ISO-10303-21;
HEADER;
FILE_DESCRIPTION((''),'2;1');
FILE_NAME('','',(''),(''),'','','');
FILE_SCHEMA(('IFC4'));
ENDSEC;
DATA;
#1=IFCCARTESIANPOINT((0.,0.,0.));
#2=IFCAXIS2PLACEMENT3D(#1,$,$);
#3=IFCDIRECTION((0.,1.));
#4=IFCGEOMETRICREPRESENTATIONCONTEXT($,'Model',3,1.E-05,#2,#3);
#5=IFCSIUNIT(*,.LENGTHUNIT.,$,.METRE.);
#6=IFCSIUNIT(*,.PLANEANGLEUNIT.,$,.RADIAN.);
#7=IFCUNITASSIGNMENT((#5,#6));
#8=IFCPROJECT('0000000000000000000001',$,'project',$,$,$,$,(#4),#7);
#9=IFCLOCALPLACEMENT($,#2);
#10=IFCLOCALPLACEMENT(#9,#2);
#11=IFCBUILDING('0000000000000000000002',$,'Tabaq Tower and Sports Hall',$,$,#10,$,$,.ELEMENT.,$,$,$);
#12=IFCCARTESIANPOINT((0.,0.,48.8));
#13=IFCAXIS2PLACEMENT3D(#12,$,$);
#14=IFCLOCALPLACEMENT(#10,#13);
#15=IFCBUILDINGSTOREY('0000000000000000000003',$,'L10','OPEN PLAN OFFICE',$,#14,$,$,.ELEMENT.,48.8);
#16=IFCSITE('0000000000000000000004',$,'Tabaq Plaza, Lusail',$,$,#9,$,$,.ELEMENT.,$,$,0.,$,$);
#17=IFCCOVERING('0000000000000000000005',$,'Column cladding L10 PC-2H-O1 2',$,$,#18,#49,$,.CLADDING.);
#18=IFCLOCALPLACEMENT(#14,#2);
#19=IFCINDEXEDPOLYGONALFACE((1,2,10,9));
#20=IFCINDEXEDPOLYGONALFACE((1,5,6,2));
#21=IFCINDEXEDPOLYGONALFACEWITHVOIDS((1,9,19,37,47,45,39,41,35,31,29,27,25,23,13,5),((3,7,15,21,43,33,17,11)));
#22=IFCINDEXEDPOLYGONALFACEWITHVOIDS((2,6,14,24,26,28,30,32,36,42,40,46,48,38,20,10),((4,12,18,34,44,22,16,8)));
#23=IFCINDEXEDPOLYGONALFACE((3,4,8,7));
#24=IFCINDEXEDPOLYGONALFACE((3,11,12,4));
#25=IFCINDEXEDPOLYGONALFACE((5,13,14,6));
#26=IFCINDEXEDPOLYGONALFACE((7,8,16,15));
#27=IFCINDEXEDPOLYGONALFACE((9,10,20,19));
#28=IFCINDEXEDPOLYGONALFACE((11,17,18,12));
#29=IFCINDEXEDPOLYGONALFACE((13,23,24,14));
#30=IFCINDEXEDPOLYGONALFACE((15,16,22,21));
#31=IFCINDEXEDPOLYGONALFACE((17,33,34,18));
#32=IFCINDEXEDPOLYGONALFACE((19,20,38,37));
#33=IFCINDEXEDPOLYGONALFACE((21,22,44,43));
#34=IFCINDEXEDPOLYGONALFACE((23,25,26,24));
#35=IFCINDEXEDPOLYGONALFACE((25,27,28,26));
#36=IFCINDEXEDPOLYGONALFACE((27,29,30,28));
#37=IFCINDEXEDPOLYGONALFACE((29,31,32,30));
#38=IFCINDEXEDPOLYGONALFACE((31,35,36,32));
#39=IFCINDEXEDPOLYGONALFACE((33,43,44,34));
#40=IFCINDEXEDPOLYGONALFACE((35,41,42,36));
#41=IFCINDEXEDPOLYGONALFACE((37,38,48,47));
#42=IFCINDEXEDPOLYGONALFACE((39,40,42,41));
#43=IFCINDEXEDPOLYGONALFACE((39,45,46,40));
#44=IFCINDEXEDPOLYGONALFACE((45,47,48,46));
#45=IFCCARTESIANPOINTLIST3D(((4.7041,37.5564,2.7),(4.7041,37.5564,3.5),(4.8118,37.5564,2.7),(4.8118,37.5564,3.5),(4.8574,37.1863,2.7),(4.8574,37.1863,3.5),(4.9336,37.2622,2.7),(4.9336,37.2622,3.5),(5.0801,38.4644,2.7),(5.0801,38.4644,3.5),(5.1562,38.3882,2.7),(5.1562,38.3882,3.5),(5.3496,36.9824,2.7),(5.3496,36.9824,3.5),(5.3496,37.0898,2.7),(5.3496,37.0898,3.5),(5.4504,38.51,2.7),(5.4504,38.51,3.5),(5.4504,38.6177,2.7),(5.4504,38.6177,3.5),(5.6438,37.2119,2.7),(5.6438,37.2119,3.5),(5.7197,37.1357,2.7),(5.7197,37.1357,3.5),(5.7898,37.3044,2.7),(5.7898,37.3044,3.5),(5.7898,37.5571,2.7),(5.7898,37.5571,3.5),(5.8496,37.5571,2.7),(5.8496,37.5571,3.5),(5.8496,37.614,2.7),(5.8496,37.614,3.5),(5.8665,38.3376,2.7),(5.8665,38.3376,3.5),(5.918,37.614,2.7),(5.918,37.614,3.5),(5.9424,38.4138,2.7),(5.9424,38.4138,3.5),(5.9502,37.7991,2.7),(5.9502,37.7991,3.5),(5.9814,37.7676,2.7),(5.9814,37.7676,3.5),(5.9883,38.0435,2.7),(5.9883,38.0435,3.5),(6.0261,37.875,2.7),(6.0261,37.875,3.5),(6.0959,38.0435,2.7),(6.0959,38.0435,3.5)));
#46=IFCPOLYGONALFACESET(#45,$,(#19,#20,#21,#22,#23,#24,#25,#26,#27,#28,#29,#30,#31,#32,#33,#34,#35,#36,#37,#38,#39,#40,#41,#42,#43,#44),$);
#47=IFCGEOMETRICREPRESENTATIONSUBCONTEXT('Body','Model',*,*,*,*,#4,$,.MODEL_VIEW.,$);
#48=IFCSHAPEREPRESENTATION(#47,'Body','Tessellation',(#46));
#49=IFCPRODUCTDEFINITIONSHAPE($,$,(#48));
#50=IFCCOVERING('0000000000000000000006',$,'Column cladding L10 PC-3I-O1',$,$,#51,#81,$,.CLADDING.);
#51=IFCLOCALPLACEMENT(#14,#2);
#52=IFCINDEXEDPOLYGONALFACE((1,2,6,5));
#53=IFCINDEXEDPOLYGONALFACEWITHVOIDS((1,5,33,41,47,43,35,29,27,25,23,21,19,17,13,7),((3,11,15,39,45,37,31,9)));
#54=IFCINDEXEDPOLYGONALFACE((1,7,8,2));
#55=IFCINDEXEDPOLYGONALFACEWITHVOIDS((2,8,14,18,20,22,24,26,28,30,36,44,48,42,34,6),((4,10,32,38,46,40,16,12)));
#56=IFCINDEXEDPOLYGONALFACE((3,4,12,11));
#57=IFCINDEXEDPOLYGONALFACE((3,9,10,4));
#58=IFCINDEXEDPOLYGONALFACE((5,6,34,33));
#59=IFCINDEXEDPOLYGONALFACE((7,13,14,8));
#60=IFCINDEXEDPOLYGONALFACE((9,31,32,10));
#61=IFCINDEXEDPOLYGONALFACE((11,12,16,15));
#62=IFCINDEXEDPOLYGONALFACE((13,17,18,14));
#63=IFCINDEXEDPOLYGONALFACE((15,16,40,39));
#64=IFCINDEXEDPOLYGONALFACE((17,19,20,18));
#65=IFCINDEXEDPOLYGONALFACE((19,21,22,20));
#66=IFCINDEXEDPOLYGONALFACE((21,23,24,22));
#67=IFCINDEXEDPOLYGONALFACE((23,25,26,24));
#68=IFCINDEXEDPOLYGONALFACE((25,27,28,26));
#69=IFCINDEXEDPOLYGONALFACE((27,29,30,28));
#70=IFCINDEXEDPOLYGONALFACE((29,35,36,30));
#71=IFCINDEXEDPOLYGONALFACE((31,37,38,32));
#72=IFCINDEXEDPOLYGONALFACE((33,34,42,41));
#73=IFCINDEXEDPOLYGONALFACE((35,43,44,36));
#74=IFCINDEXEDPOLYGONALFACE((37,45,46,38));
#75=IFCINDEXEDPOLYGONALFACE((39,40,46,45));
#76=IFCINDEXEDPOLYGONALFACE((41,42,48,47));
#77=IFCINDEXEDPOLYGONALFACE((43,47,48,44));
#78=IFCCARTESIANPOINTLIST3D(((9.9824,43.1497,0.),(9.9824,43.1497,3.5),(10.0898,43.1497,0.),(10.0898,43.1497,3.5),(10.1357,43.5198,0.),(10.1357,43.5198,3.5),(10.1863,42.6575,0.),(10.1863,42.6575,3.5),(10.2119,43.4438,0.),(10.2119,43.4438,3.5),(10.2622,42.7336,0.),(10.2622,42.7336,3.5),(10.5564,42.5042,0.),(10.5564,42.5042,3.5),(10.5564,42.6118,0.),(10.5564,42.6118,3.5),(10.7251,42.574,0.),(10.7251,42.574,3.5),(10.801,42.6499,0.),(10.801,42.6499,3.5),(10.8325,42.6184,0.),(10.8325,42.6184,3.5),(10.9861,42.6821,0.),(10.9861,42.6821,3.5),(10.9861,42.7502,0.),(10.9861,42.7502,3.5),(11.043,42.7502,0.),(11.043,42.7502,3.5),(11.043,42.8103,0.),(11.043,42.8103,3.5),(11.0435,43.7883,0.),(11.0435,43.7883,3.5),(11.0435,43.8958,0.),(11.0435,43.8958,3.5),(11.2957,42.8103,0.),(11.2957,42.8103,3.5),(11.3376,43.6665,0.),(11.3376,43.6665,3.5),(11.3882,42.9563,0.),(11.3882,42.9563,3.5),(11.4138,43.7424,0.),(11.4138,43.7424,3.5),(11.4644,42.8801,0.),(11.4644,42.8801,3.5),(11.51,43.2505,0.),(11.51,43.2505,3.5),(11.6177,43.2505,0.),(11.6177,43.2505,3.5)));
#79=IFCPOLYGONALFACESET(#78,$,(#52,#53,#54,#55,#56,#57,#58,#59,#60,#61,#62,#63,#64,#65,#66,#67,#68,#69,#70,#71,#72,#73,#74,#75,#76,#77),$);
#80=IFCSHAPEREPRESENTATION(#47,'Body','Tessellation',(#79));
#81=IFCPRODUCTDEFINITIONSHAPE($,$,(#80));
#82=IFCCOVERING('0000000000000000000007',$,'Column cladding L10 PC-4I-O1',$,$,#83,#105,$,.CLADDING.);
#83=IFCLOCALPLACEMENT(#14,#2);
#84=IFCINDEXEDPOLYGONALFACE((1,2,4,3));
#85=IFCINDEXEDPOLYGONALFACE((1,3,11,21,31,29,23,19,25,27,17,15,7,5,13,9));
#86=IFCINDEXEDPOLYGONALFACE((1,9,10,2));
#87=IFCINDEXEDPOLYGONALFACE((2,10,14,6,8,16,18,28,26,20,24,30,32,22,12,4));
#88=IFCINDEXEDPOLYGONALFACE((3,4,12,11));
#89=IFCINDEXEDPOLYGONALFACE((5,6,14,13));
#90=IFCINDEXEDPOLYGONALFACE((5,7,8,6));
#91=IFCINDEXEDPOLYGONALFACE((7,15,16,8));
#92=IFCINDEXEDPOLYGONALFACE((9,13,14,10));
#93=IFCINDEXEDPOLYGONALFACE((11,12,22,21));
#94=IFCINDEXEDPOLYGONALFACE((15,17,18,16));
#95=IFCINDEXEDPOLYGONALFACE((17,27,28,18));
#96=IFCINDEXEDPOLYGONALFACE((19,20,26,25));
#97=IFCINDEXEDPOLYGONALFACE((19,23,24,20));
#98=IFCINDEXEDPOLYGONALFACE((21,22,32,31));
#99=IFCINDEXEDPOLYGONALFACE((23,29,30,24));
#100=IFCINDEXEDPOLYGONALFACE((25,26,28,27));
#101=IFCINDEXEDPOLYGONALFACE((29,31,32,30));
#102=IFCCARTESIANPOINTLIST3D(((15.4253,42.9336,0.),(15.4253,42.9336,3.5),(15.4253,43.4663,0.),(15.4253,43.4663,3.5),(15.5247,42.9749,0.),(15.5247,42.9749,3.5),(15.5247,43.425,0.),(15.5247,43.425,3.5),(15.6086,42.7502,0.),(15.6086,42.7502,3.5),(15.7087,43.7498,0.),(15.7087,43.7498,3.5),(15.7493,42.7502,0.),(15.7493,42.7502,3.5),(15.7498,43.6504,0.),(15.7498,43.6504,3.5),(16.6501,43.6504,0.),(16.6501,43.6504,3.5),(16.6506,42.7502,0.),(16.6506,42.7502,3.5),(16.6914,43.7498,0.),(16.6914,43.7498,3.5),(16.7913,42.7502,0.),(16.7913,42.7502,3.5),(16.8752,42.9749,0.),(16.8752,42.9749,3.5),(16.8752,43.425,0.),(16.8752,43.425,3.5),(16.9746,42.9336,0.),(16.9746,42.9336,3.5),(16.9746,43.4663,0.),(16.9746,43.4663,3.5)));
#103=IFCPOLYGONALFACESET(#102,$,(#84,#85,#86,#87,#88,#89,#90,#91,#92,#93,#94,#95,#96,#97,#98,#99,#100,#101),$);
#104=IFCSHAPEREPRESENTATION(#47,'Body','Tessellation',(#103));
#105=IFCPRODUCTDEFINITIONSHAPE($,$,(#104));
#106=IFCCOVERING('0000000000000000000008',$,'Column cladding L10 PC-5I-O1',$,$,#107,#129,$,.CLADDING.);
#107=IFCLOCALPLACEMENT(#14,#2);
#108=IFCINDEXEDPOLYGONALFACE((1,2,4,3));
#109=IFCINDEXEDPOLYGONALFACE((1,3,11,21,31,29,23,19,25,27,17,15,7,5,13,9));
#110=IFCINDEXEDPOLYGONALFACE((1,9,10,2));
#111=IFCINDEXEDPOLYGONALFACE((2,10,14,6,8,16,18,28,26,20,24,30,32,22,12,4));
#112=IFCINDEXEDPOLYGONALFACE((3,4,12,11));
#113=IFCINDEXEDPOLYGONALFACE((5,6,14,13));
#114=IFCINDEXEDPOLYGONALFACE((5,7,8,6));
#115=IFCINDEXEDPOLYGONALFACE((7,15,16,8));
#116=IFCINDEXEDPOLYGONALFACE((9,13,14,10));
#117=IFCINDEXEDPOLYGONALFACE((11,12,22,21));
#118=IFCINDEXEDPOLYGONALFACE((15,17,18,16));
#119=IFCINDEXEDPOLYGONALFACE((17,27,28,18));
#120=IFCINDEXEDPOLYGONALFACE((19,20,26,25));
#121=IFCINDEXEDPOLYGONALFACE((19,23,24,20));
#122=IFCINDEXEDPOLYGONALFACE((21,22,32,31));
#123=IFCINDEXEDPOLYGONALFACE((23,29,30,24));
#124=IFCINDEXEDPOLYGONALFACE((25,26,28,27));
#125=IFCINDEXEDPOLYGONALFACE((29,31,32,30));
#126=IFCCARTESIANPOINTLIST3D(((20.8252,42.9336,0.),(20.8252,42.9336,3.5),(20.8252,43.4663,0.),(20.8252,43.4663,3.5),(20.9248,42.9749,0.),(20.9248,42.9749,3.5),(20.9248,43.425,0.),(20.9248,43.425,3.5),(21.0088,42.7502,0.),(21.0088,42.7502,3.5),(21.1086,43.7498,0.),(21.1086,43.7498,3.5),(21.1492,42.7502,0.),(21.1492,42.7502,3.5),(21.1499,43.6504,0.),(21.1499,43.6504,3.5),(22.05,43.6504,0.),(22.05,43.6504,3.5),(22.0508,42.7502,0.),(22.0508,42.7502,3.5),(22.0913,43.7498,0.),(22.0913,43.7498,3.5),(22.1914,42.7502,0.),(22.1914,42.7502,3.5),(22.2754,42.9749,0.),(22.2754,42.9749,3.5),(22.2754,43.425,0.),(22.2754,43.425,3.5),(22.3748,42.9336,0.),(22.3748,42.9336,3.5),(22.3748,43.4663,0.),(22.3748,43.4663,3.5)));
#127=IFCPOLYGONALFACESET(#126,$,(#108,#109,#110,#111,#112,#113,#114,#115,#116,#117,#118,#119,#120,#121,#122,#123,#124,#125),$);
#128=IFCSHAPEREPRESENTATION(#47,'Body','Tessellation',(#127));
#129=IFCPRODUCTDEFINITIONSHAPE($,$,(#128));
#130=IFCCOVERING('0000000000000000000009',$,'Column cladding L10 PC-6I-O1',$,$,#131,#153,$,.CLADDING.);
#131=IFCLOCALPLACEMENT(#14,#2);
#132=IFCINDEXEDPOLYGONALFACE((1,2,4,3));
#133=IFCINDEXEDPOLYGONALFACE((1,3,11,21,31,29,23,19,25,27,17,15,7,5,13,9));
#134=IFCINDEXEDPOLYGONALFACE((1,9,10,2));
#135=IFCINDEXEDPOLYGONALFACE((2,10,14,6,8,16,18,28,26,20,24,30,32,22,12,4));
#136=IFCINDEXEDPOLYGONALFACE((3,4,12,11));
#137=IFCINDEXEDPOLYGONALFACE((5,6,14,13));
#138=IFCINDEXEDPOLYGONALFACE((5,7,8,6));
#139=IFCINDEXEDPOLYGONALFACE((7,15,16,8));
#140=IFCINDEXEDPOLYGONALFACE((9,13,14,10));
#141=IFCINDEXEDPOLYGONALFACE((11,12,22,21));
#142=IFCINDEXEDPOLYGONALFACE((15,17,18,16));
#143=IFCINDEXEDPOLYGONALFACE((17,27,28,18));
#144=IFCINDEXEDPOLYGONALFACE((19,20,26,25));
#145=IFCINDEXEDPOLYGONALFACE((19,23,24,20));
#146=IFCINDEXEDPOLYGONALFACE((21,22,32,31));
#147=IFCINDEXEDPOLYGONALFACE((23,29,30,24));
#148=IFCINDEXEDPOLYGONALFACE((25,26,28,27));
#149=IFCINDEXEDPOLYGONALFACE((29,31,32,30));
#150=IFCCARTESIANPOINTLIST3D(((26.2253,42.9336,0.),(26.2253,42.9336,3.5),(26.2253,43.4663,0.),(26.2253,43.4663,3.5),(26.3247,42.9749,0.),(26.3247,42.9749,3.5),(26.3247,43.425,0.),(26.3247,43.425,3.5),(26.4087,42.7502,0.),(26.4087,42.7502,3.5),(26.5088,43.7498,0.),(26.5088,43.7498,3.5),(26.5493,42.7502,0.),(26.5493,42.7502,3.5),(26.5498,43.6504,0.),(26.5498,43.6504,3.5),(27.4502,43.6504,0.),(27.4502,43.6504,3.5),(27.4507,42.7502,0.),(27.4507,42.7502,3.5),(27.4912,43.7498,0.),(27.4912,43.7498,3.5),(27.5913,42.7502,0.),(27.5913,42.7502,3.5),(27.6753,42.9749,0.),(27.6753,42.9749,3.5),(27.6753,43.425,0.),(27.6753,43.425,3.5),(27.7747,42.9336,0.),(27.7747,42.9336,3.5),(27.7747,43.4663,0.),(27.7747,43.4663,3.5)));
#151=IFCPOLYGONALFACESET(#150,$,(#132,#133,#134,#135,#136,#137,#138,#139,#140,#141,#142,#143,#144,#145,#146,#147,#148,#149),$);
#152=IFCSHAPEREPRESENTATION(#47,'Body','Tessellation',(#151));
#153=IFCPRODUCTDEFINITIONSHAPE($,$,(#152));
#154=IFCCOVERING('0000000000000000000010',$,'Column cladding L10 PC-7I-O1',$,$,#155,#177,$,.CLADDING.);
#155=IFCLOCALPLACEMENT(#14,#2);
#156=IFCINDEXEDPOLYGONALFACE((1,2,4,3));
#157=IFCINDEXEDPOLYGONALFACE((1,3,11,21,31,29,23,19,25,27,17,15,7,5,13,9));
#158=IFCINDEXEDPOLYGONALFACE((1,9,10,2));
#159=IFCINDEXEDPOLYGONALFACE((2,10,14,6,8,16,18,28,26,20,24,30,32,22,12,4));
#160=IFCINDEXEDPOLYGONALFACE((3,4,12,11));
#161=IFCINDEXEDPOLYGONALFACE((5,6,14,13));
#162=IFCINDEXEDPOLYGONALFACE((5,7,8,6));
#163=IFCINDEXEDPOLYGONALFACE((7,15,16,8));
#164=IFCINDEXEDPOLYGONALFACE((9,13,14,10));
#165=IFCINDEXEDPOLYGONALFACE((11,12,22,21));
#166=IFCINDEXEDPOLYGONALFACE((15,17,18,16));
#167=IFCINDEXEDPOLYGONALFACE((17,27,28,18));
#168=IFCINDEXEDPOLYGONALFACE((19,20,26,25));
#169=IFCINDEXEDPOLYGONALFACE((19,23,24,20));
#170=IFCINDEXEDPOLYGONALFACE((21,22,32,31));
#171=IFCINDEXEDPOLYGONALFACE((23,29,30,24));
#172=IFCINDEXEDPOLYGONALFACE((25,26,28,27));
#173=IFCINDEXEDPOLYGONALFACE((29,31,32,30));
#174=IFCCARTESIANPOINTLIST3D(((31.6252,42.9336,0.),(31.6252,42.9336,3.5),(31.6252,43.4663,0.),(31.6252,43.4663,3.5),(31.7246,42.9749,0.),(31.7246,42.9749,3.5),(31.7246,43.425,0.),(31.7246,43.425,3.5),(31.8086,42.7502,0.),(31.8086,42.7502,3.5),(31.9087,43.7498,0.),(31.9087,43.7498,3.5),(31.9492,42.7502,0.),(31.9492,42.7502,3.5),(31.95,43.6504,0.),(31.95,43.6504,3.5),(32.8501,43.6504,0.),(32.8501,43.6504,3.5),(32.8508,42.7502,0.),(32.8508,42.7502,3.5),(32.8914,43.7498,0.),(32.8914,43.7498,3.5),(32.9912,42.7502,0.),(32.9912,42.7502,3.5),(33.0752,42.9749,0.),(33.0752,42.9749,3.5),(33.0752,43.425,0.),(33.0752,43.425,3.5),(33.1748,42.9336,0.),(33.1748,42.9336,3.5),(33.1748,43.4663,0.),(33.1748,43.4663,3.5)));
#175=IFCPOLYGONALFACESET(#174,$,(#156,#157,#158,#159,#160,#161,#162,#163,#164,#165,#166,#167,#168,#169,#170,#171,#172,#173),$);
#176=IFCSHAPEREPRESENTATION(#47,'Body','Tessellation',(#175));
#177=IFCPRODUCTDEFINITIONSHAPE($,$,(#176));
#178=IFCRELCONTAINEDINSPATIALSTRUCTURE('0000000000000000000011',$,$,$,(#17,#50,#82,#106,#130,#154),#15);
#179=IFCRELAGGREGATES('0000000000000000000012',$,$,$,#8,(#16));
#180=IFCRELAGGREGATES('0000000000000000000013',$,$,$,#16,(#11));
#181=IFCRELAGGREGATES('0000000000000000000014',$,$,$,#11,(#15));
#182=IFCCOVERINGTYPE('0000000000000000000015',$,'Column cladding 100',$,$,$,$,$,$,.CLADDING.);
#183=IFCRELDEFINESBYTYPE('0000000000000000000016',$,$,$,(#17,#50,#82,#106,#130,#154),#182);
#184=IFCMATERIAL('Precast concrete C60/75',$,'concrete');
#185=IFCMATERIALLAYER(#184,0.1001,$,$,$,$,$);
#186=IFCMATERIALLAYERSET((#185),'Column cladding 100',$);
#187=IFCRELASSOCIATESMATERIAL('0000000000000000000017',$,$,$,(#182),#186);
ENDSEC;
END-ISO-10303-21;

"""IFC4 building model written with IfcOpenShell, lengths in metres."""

from ifc_helpers import new_model, si_unit, direction, frame, origin, place, context, subcontext, project, spatial, polyline, outline, extrude, material, layer, layer_set, type_object, element, save


model = new_model("IFC4")

# Units and contexts
model_context = context("Model", 3, precision=1e-05, world=origin(), true_north=direction((0.0, 1.0)))
body_context = subcontext(model_context, "Body", "Model", "MODEL_VIEW")
ifc_project = project(units=[si_unit("LENGTHUNIT", "METRE"), si_unit("PLANEANGLEUNIT", "RADIAN")], contexts=[model_context])

# Site, building, storey
site_placement = place(None, origin())
site = spatial("IfcSite", under=ifc_project, at=site_placement, Name="Tabaq Plaza, Lusail", CompositionType="ELEMENT", RefElevation=0.0)
building_placement = place(site_placement, origin())
building = spatial("IfcBuilding", under=site, at=building_placement, Name="Tabaq Tower and Sports Hall", CompositionType="ELEMENT")
storey_placement = place(building_placement, frame((0.0, 0.0, 48.8)))
storey = spatial("IfcBuildingStorey", under=building, at=storey_placement, Name="L10", Description="OPEN PLAN OFFICE", CompositionType="ELEMENT", Elevation=48.8)

# Coverings
ifc_material_1 = material(Name="Precast concrete C60/75", Category="concrete")
ifc_layer_1 = layer(ifc_material_1, 0.1001)
ifc_layer_set_1 = layer_set([ifc_layer_1], Name="Column cladding 100")
covering_type = type_object("IfcCoveringType", Name="Column cladding 100", PredefinedType="CLADDING", material=ifc_layer_set_1)
covering_1_placement = place(storey_placement, frame((0.0, 0.0, 2.7)))
element("IfcCovering", 1, at=covering_1_placement, inside=storey, type_object=covering_type, Name="Column cladding L10 PC-2H-O1 2", PredefinedType="CLADDING", context=body_context, shape_type="SweptSolid", body=[
    extrude(outline(polyline([(4.8574, 37.1863), (4.7041, 37.5564), (5.0801, 38.4644), (5.4504, 38.6177), (5.9424, 38.4138), (6.0959, 38.0435), (6.0261, 37.875), (5.9502, 37.7991), (5.9814, 37.7676), (5.918, 37.614), (5.8496, 37.614), (5.8496, 37.5571), (5.7898, 37.5571), (5.7898, 37.3044), (5.7197, 37.1357), (5.3496, 36.9824), (4.8574, 37.1863)]), holes=[polyline([(5.8665, 38.3376), (5.4504, 38.51), (5.1562, 38.3882), (4.8118, 37.5564), (4.9336, 37.2622), (5.3496, 37.0898), (5.6438, 37.2119), (5.9883, 38.0435), (5.8665, 38.3376)])]), origin(), (0.0, 0.0, 1.0), 0.8),
])
covering_2_placement = place(storey_placement, origin())
element("IfcCovering", 2, at=covering_2_placement, inside=storey, type_object=covering_type, Name="Column cladding L10 PC-3I-O1", PredefinedType="CLADDING", context=body_context, shape_type="SweptSolid", body=[
    extrude(outline(polyline([(9.9824, 43.1497), (10.1357, 43.5198), (11.0435, 43.8958), (11.4138, 43.7424), (11.6177, 43.2505), (11.4644, 42.8801), (11.2957, 42.8103), (11.043, 42.8103), (11.043, 42.7502), (10.9861, 42.7502), (10.9861, 42.6821), (10.8325, 42.6184), (10.801, 42.6499), (10.7251, 42.574), (10.5564, 42.5042), (10.1863, 42.6575), (9.9824, 43.1497)]), holes=[polyline([(11.51, 43.2505), (11.3376, 43.6665), (11.0435, 43.7883), (10.2119, 43.4438), (10.0898, 43.1497), (10.2622, 42.7336), (10.5564, 42.6118), (11.3882, 42.9563), (11.51, 43.2505)])]), origin(), (0.0, 0.0, 1.0), 3.5),
])
covering_3_placement = place(storey_placement, origin())
element("IfcCovering", 3, at=covering_3_placement, inside=storey, type_object=covering_type, Name="Column cladding L10 PC-4I-O1", PredefinedType="CLADDING", context=body_context, shape_type="SweptSolid", body=[
    extrude(outline(polyline([(15.4253, 43.4663), (15.7087, 43.7498), (16.6914, 43.7498), (16.9746, 43.4663), (16.9746, 42.9336), (16.7913, 42.7502), (16.6506, 42.7502), (16.8752, 42.9749), (16.8752, 43.425), (16.6501, 43.6504), (15.7498, 43.6504), (15.5247, 43.425), (15.5247, 42.9749), (15.7493, 42.7502), (15.6086, 42.7502), (15.4253, 42.9336), (15.4253, 43.4663)])), origin(), (0.0, 0.0, 1.0), 3.5),
])
covering_4_placement = place(storey_placement, origin())
element("IfcCovering", 4, at=covering_4_placement, inside=storey, type_object=covering_type, Name="Column cladding L10 PC-5I-O1", PredefinedType="CLADDING", context=body_context, shape_type="SweptSolid", body=[
    extrude(outline(polyline([(20.8252, 43.4663), (21.1086, 43.7498), (22.0913, 43.7498), (22.3748, 43.4663), (22.3748, 42.9336), (22.1914, 42.7502), (22.0508, 42.7502), (22.2754, 42.9749), (22.2754, 43.425), (22.05, 43.6504), (21.1499, 43.6504), (20.9248, 43.425), (20.9248, 42.9749), (21.1492, 42.7502), (21.0088, 42.7502), (20.8252, 42.9336), (20.8252, 43.4663)])), origin(), (0.0, 0.0, 1.0), 3.5),
])
covering_5_placement = place(storey_placement, origin())
element("IfcCovering", 5, at=covering_5_placement, inside=storey, type_object=covering_type, Name="Column cladding L10 PC-6I-O1", PredefinedType="CLADDING", context=body_context, shape_type="SweptSolid", body=[
    extrude(outline(polyline([(26.2253, 43.4663), (26.5088, 43.7498), (27.4912, 43.7498), (27.7747, 43.4663), (27.7747, 42.9336), (27.5913, 42.7502), (27.4507, 42.7502), (27.6753, 42.9749), (27.6753, 43.425), (27.4502, 43.6504), (26.5498, 43.6504), (26.3247, 43.425), (26.3247, 42.9749), (26.5493, 42.7502), (26.4087, 42.7502), (26.2253, 42.9336), (26.2253, 43.4663)])), origin(), (0.0, 0.0, 1.0), 3.5),
])
covering_6_placement = place(storey_placement, origin())
element("IfcCovering", 6, at=covering_6_placement, inside=storey, type_object=covering_type, Name="Column cladding L10 PC-7I-O1", PredefinedType="CLADDING", context=body_context, shape_type="SweptSolid", body=[
    extrude(outline(polyline([(31.6252, 43.4663), (31.9087, 43.7498), (32.8914, 43.7498), (33.1748, 43.4663), (33.1748, 42.9336), (32.9912, 42.7502), (32.8508, 42.7502), (33.0752, 42.9749), (33.0752, 43.425), (32.8501, 43.6504), (31.95, 43.6504), (31.7246, 43.425), (31.7246, 42.9749), (31.9492, 42.7502), (31.8086, 42.7502), (31.6252, 42.9336), (31.6252, 43.4663)])), origin(), (0.0, 0.0, 1.0), 3.5),
])

save(model, "model.ifc")
